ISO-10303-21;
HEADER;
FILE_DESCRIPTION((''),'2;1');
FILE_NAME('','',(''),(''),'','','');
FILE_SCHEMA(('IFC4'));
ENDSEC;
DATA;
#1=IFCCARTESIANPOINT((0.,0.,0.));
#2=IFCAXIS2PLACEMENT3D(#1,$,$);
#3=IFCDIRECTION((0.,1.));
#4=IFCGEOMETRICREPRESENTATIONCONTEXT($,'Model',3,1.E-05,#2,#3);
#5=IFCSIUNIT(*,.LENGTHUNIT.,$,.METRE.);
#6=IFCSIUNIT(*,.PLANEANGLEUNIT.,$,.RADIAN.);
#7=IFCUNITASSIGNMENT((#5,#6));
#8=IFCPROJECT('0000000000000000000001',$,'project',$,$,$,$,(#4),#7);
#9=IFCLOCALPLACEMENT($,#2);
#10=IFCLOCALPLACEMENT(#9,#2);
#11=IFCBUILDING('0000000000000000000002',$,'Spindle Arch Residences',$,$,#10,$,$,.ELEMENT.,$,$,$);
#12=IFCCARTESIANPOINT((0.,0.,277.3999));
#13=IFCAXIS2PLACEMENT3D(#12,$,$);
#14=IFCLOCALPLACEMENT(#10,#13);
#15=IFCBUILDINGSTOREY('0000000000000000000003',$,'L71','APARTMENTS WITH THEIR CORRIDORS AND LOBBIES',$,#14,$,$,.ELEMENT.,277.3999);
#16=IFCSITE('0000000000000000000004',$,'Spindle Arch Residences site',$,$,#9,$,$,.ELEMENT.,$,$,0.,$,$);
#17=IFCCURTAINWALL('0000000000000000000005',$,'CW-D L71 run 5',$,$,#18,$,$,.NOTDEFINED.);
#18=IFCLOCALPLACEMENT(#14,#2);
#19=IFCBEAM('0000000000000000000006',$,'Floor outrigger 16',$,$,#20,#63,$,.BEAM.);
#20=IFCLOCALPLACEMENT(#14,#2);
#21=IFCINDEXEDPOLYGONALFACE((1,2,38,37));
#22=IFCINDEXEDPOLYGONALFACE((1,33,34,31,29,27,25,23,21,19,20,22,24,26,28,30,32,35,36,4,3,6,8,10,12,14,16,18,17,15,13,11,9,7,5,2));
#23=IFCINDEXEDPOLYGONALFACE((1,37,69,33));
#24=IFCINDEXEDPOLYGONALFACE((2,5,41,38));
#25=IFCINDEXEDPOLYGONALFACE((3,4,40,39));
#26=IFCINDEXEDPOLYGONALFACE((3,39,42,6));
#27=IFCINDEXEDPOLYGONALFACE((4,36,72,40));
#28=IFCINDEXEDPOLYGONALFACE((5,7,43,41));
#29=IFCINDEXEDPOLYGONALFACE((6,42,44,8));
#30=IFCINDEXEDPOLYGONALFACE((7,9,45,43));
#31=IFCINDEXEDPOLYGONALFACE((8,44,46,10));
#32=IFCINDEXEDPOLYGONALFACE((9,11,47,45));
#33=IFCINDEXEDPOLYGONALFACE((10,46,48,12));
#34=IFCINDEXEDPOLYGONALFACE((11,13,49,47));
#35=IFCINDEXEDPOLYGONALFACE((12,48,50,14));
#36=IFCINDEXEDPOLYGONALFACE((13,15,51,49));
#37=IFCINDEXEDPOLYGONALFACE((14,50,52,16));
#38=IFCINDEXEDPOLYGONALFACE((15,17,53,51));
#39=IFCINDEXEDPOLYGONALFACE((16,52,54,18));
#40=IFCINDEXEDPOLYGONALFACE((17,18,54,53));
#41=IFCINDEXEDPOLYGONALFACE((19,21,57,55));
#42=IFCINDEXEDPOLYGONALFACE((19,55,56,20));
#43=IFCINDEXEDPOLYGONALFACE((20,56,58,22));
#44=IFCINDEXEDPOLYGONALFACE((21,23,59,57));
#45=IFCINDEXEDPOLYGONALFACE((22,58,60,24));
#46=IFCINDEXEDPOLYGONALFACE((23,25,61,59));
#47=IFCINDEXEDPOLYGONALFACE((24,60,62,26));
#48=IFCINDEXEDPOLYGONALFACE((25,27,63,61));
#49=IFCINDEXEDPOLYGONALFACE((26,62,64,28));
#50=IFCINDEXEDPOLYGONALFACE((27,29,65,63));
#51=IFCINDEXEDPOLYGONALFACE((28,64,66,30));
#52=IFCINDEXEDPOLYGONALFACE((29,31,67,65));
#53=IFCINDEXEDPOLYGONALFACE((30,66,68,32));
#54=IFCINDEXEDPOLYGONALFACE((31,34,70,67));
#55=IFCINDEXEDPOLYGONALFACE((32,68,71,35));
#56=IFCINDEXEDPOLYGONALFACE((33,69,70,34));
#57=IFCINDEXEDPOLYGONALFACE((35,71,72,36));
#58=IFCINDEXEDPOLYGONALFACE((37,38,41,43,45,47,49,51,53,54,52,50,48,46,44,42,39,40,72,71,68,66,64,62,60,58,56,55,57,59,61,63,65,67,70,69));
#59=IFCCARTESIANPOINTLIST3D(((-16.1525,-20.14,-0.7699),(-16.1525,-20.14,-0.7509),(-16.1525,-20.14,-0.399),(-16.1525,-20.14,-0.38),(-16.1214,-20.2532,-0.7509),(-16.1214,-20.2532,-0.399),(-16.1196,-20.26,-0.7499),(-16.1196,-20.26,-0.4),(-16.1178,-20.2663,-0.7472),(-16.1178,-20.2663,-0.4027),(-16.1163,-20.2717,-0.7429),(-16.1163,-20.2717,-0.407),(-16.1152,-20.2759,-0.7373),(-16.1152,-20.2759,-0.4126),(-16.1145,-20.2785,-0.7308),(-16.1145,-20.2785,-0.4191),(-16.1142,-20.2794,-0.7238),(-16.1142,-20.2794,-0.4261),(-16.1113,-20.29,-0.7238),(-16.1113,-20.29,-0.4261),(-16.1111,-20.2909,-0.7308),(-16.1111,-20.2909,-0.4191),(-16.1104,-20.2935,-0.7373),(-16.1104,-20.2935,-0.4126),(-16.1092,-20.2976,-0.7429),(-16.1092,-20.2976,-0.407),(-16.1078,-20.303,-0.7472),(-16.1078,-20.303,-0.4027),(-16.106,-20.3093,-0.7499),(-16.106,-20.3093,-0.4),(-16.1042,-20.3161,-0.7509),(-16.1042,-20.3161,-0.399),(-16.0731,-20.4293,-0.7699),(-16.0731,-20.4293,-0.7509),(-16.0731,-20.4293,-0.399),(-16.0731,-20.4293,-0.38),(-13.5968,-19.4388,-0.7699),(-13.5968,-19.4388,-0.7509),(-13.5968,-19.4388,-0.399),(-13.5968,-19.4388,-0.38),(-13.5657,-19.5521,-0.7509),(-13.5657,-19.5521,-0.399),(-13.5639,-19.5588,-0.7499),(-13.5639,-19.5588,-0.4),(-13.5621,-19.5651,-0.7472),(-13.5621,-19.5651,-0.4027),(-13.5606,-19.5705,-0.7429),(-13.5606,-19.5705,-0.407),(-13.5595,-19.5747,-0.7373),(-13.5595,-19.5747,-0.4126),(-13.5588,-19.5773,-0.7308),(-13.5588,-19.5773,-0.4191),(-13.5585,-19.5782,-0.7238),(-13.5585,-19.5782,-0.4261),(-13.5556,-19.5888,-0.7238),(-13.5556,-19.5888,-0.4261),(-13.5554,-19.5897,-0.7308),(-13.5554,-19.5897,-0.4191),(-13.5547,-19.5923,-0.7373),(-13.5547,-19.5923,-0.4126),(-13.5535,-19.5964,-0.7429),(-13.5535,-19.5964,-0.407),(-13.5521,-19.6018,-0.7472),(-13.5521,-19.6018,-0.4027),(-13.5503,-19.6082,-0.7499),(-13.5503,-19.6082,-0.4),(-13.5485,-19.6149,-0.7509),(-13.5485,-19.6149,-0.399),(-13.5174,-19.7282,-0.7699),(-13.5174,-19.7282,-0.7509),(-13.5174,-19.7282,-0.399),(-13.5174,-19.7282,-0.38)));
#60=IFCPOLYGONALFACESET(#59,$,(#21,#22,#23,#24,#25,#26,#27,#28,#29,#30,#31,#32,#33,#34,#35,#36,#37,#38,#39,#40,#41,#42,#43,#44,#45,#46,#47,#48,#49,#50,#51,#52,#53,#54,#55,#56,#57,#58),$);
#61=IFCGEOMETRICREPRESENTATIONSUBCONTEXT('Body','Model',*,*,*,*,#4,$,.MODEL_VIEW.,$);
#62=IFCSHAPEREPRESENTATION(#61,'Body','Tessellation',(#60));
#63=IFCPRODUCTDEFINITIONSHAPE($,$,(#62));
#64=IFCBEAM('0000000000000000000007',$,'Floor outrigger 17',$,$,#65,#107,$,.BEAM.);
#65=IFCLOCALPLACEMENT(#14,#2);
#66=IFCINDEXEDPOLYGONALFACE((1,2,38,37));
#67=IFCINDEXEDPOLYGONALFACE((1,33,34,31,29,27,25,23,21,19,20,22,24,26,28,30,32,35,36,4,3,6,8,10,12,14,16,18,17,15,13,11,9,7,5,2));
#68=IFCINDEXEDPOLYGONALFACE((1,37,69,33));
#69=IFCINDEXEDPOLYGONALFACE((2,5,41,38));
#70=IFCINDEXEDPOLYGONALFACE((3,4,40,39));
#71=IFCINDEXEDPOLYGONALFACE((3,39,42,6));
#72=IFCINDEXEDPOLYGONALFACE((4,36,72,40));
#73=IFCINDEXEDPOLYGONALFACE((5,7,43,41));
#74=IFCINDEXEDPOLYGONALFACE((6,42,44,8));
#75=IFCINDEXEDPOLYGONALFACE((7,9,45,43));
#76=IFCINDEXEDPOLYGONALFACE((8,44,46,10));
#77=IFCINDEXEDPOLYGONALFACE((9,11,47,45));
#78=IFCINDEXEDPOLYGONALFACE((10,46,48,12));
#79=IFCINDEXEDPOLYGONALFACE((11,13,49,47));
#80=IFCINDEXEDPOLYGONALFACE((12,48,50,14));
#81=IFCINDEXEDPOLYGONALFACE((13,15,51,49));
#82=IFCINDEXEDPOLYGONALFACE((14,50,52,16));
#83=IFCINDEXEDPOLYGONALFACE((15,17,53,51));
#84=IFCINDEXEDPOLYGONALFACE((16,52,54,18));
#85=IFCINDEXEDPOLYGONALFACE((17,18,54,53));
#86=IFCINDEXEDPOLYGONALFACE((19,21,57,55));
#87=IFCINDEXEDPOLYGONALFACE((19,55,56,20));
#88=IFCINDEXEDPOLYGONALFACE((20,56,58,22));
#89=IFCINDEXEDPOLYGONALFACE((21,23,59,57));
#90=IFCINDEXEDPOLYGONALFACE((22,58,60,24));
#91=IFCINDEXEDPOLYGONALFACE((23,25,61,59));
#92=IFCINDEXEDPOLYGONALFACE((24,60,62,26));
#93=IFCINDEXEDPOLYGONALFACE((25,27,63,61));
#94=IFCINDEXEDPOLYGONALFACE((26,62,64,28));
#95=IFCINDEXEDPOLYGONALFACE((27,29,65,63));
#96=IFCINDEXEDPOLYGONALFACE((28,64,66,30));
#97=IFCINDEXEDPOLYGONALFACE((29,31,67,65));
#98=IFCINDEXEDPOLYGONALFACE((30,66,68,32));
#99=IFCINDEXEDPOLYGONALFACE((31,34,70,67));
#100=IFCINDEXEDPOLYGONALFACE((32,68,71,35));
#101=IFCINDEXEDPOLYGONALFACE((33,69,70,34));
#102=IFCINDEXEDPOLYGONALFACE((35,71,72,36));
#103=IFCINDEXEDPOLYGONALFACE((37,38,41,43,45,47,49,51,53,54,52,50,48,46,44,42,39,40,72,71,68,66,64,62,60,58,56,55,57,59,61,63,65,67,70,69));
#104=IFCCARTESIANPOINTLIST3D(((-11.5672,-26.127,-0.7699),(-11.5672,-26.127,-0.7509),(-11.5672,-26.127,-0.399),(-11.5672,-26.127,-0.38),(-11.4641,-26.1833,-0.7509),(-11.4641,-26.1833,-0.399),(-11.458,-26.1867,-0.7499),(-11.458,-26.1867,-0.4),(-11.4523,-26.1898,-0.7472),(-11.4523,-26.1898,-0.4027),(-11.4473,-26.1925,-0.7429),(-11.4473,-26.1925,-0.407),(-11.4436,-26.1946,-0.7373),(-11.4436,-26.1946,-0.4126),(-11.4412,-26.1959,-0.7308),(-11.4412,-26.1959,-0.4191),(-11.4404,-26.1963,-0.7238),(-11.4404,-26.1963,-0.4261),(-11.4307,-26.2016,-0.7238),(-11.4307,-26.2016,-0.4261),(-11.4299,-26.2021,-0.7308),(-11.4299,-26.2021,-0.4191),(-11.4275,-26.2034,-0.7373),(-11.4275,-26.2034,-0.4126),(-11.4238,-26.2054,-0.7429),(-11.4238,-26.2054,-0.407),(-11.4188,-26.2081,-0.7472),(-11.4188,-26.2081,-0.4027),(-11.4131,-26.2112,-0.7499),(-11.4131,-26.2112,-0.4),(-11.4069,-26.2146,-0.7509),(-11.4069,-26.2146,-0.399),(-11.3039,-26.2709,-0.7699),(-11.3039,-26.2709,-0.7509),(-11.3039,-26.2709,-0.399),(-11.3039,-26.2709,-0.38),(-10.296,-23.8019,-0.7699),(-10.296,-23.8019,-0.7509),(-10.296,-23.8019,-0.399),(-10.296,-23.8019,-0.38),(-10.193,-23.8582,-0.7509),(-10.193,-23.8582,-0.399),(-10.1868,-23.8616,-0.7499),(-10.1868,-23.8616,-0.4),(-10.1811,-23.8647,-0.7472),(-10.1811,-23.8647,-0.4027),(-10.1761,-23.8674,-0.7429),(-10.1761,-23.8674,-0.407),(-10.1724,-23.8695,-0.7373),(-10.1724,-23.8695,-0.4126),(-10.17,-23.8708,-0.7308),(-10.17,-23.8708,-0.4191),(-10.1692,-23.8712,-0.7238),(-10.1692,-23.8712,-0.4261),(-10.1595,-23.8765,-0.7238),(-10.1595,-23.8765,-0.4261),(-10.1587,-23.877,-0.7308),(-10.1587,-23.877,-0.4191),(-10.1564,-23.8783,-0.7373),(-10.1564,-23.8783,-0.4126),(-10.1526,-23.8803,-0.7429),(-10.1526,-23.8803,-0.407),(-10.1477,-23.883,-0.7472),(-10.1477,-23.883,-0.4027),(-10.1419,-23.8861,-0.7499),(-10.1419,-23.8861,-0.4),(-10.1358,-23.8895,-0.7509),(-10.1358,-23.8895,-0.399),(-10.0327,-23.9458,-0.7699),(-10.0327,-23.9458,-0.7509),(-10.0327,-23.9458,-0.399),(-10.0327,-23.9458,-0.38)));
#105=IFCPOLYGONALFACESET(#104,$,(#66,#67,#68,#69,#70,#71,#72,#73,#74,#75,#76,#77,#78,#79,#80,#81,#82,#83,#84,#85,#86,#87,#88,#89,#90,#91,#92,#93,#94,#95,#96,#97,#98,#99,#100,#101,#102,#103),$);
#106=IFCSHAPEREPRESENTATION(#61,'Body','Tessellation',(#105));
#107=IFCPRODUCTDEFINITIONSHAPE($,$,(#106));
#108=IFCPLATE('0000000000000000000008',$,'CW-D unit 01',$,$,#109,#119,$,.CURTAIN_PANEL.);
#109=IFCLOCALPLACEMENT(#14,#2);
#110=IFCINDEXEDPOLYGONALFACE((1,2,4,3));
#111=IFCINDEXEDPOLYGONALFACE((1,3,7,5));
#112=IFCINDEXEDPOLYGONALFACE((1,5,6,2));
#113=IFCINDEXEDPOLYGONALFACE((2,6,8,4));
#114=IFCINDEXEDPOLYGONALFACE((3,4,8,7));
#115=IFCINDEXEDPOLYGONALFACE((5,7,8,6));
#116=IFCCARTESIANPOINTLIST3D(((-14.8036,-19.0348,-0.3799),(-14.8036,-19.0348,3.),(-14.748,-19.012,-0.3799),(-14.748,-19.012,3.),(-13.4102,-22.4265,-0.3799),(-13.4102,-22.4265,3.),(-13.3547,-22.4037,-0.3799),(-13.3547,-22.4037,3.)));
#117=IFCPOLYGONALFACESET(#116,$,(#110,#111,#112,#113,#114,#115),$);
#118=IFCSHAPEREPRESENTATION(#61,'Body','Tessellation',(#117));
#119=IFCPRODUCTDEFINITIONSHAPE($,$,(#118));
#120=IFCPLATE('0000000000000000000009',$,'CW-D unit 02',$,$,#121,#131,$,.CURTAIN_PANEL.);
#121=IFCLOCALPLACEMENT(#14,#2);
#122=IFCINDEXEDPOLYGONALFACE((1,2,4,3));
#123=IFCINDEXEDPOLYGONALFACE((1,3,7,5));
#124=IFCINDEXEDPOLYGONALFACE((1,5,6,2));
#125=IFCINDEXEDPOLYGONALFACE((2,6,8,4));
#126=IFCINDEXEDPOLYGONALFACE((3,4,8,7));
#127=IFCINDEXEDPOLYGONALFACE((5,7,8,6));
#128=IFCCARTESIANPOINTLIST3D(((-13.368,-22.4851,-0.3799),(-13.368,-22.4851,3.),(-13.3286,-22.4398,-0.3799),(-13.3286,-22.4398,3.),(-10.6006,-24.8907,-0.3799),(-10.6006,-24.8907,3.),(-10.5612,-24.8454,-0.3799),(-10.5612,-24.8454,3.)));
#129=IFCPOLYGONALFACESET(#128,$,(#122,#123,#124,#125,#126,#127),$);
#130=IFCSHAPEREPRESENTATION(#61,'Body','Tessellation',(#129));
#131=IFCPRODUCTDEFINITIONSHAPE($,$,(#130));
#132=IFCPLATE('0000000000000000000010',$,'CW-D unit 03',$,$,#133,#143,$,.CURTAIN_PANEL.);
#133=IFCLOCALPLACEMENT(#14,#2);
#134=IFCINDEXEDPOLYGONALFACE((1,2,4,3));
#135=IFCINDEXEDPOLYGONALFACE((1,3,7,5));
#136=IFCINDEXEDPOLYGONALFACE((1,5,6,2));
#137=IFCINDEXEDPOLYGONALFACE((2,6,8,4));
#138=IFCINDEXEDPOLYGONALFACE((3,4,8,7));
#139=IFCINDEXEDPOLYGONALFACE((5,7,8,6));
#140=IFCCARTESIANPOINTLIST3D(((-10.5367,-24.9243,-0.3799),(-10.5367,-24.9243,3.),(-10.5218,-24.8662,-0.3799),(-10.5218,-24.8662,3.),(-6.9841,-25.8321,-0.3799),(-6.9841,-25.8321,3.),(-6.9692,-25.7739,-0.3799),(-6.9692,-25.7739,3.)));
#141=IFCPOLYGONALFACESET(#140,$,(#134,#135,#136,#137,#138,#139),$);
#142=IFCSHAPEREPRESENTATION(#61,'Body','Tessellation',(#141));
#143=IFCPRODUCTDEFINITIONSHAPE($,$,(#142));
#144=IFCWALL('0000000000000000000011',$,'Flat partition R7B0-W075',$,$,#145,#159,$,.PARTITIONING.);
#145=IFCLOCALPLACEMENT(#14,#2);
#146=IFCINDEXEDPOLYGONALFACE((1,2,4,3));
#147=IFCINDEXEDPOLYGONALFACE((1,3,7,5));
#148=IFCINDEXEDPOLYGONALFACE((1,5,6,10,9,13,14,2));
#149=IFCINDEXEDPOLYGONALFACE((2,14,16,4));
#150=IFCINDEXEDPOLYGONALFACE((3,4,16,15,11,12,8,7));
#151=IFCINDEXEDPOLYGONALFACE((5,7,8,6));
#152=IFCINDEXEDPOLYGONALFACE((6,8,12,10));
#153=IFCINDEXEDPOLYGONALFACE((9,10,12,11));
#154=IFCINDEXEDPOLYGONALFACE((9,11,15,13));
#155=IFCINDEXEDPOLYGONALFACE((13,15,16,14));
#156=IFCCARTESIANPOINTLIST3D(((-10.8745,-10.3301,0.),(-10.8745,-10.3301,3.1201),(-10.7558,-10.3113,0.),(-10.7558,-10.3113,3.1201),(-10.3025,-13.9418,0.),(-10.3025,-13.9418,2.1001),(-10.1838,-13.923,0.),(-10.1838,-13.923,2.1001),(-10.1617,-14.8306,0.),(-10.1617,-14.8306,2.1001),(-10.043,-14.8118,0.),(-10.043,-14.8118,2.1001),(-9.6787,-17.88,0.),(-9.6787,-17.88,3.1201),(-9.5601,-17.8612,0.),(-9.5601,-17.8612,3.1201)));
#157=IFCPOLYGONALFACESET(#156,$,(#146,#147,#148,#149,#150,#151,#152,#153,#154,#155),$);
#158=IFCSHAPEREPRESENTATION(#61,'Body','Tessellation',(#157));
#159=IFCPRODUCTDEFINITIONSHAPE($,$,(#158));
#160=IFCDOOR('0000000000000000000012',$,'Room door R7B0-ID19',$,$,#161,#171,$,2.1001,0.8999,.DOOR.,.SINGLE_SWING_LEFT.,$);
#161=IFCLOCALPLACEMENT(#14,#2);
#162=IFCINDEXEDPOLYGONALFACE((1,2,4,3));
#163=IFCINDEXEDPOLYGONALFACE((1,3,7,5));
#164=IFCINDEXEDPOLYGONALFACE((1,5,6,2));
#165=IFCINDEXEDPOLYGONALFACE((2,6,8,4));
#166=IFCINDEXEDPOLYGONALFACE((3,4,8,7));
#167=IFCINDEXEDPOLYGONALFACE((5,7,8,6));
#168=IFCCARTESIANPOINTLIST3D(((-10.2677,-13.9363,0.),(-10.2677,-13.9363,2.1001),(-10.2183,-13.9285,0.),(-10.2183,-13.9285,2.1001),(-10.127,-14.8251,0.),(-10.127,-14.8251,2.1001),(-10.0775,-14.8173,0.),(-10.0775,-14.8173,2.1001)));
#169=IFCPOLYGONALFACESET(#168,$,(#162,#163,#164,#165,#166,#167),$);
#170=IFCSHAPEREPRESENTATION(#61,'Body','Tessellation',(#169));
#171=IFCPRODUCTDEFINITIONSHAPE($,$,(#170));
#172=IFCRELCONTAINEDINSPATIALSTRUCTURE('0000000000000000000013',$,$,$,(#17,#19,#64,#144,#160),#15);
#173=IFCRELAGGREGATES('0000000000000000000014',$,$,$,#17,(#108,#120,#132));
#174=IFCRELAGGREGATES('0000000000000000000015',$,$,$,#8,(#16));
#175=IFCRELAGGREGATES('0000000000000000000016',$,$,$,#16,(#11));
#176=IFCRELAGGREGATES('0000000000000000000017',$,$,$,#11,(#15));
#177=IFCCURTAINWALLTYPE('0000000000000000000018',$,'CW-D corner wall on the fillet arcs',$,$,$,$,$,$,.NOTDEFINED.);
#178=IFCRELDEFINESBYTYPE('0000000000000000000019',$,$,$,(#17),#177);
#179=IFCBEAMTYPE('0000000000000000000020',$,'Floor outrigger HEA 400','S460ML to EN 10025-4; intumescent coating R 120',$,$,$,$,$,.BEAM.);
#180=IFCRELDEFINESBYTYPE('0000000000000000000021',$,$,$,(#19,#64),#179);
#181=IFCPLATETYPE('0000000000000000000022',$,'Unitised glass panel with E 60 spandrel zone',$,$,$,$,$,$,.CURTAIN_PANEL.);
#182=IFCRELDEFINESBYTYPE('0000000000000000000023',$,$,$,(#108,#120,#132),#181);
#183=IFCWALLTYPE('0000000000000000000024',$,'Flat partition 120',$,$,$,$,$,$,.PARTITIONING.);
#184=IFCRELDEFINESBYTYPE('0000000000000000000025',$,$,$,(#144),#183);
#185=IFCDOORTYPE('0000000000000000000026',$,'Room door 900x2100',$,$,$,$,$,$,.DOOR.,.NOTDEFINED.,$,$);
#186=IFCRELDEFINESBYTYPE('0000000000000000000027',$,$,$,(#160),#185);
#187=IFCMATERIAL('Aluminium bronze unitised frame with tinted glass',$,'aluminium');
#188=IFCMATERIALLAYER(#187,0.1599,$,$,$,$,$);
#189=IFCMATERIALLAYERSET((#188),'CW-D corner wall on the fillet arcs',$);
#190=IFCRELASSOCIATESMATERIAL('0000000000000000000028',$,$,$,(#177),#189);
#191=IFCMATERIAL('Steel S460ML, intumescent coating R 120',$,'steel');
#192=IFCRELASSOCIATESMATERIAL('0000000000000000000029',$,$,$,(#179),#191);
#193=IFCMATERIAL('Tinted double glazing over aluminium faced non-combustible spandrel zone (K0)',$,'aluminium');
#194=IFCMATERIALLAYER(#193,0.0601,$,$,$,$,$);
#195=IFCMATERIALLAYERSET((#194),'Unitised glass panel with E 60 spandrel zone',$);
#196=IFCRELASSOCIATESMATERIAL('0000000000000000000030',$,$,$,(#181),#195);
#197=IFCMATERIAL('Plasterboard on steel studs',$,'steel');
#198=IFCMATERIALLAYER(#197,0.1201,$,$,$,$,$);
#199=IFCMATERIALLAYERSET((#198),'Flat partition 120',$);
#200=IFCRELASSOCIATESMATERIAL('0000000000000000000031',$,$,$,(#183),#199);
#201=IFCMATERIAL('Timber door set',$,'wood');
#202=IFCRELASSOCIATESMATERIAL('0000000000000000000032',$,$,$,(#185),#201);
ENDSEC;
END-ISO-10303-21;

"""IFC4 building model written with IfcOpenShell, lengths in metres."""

from ifc_helpers import new_model, si_unit, direction, frame, frame_2d, origin, origin_2d, place, context, subcontext, project, spatial, rectangle, i_section, extrude, material, layer, layer_set, material_profile, profile_set, type_object, element, fill, aggregate, save


model = new_model("IFC4")

# Units and contexts
model_context = context("Model", 3, precision=1e-05, world=origin(), true_north=direction((0.0, 1.0)))
body_context = subcontext(model_context, "Body", "Model", "MODEL_VIEW")
ifc_project = project(units=[si_unit("LENGTHUNIT", "METRE"), si_unit("PLANEANGLEUNIT", "RADIAN")], contexts=[model_context])

# Site, building, storey
site_placement = place(None, origin())
site = spatial("IfcSite", under=ifc_project, at=site_placement, Name="Spindle Arch Residences site", CompositionType="ELEMENT", RefElevation=0.0)
building_placement = place(site_placement, origin())
building = spatial("IfcBuilding", under=site, at=building_placement, Name="Spindle Arch Residences", CompositionType="ELEMENT")
storey_placement = place(building_placement, frame((0.0, 0.0, 277.3999)))
storey = spatial("IfcBuildingStorey", under=building, at=storey_placement, Name="L71", Description="APARTMENTS WITH THEIR CORRIDORS AND LOBBIES", CompositionType="ELEMENT", Elevation=277.3999)

# Curtain wall
ifc_material_1 = material(Name="Aluminium bronze unitised frame with tinted glass", Category="aluminium")
ifc_layer_1 = layer(ifc_material_1, 0.1599)
ifc_layer_set_1 = layer_set([ifc_layer_1], Name="CW-D corner wall on the fillet arcs")
curtain_wall_type = type_object("IfcCurtainWallType", Name="CW-D corner wall on the fillet arcs", PredefinedType="NOTDEFINED", material=ifc_layer_set_1)
curtain_wall_placement = place(storey_placement, origin())
curtain_wall = element("IfcCurtainWall", 1, at=curtain_wall_placement, inside=storey, type_object=curtain_wall_type, Name="CW-D L71 run 5", PredefinedType="NOTDEFINED")

# Beams
ifc_material_2 = material(Name="Steel S460ML, intumescent coating R 120", Category="steel")
ifc_material_profile_1 = material_profile(ifc_material_2, i_section(OverallWidth=0.3, OverallDepth=0.3899, WebThickness=0.011, FlangeThickness=0.019, FilletRadius=0.0271, at=origin_2d()), Name="HEA 400")
ifc_profile_set_1 = profile_set([ifc_material_profile_1], Name="Steel S460ML, intumescent coating R 120")
beam_type_1 = type_object("IfcBeamType", Name="Floor outrigger HEA 400", Description="S460ML to EN 10025-4; intumescent coating R 120", PredefinedType="BEAM", material=ifc_profile_set_1)
beam_1_placement = place(storey_placement, frame((-16.1128, -20.2847, -0.575), z_axis=(0.964363, 0.264583, 0.0), x_axis=(-0.264583, 0.964363, 0.0)))
element("IfcBeam", 2, at=beam_1_placement, inside=storey, type_object=beam_type_1, Name="Floor outrigger 16", PredefinedType="BEAM", context=body_context, shape_type="SweptSolid", body=[
    extrude(i_section(OverallWidth=0.3, OverallDepth=0.3899, WebThickness=0.011, FlangeThickness=0.019, FilletRadius=0.0271, at=origin_2d()), origin(), (0.0, 0.0, 1.0), 2.6501),
])
beam_2_placement = place(storey_placement, frame((-11.4355, -26.199, -0.575), z_axis=(0.47971, 0.877427, 0.0), x_axis=(-0.877427, 0.47971, 0.0)))
element("IfcBeam", 3, at=beam_2_placement, inside=storey, type_object=beam_type_1, Name="Floor outrigger 17", PredefinedType="BEAM", context=body_context, shape_type="SweptSolid", body=[
    extrude(i_section(OverallWidth=0.3, OverallDepth=0.3899, WebThickness=0.011, FlangeThickness=0.019, FilletRadius=0.0271, at=origin_2d()), origin(), (0.0, 0.0, 1.0), 2.6499),
])

# Plates
ifc_material_3 = material(Name="Tinted double glazing over aluminium faced non-combustible spandrel zone (K0)", Category="aluminium")
ifc_layer_2 = layer(ifc_material_3, 0.0601)
ifc_layer_set_2 = layer_set([ifc_layer_2], Name="Unitised glass panel with E 60 spandrel zone")
plate_type = type_object("IfcPlateType", Name="Unitised glass panel with E 60 spandrel zone", PredefinedType="CURTAIN_PANEL", material=ifc_layer_set_2)
plate_1_placement = place(storey_placement, frame((-14.0791, -20.7192, -0.3799), z_axis=(0.0, 0.0, 1.0), x_axis=(0.379994, -0.924989, 0.0)))
plate_1 = element("IfcPlate", 4, at=plate_1_placement, type_object=plate_type, Name="CW-D unit 01", PredefinedType="CURTAIN_PANEL", context=body_context, shape_type="SweptSolid", body=[
    extrude(rectangle(XDim=3.6667, YDim=0.0601, at=origin_2d()), origin(), (0.0, 0.0, 1.0), 3.3799),
])
plate_2_placement = place(storey_placement, frame((-11.9646, -23.6653, -0.3799), z_axis=(0.0, 0.0, 1.0), x_axis=(0.75471, -0.656059, 0.0)))
plate_2 = element("IfcPlate", 5, at=plate_2_placement, type_object=plate_type, Name="CW-D unit 02", PredefinedType="CURTAIN_PANEL", context=body_context, shape_type="SweptSolid", body=[
    extrude(rectangle(XDim=3.6667, YDim=0.0601, at=origin_2d()), origin(), (0.0, 0.0, 1.0), 3.3799),
])
plate_3_placement = place(storey_placement, frame((-8.7529, -25.3491, -0.3799), z_axis=(0.0, 0.0, 1.0), x_axis=(0.968872, -0.247563, 0.0)))
plate_3 = element("IfcPlate", 6, at=plate_3_placement, type_object=plate_type, Name="CW-D unit 03", PredefinedType="CURTAIN_PANEL", context=body_context, shape_type="SweptSolid", body=[
    extrude(rectangle(XDim=3.6667, YDim=0.0601, at=origin_2d()), origin(), (0.0, 0.0, 1.0), 3.3799),
])
aggregate(curtain_wall, [plate_1, plate_2, plate_3])

# Wall, opening, door
ifc_material_4 = material(Name="Plasterboard on steel studs", Category="steel")
ifc_layer_3 = layer(ifc_material_4, 0.1201)
ifc_layer_set_3 = layer_set([ifc_layer_3], Name="Flat partition 120")
wall_type_1 = type_object("IfcWallType", Name="Flat partition 120", PredefinedType="PARTITIONING", material=ifc_layer_set_3)
wall_1_placement = place(storey_placement, frame((-9.6194, -17.8706, 0.0), z_axis=(0.0, 0.0, 1.0), x_axis=(-0.156433, 0.987689, 0.0)))
wall_1 = element("IfcWall", 7, at=wall_1_placement, inside=storey, type_object=wall_type_1, Name="Flat partition R7B0-W075", PredefinedType="PARTITIONING", context=body_context, shape_type="SweptSolid", body=[
    extrude(rectangle(XDim=7.644, YDim=0.1201, at=frame_2d((3.822, 0.0))), origin(), (0.0, 0.0, 1.0), 3.1201),
])
opening_1_placement = place(wall_1_placement, frame((3.0874, 0.0, 0.0)))
opening_1 = element("IfcOpeningElement", 8, at=opening_1_placement, cuts=wall_1, PredefinedType="OPENING", context=body_context, shape_type="SweptSolid", body=[
    extrude(rectangle(XDim=0.8999, YDim=2.1001, at=frame_2d((0.45, 1.05))), frame((0.0, 0.0701, 0.0), z_axis=(0.0, -1.0, 0.0), x_axis=(1.0, 0.0, 0.0)), (0.0, 0.0, 1.0), 0.1401),
])
ifc_material_5 = material(Name="Timber door set", Category="wood")
door_type = type_object("IfcDoorType", Name="Room door 900x2100", OperationType="NOTDEFINED", PredefinedType="DOOR", material=ifc_material_5)
door_1_placement = place(opening_1_placement, origin())
door_1 = element("IfcDoor", 9, at=door_1_placement, inside=storey, type_object=door_type, Name="Room door R7B0-ID19", OperationType="SINGLE_SWING_LEFT", OverallHeight=2.1001, OverallWidth=0.8999, PredefinedType="DOOR", context=body_context, shape_type="SweptSolid", body=[
    extrude(rectangle(XDim=0.8999, YDim=2.1001, at=frame_2d((0.45, 1.05))), frame((0.0, 0.0249, 0.0), z_axis=(0.0, -1.0, 0.0), x_axis=(1.0, 0.0, 0.0)), (0.0, 0.0, 1.0), 0.05),
])
fill(opening_1, door_1)

save(model, "model.ifc")
